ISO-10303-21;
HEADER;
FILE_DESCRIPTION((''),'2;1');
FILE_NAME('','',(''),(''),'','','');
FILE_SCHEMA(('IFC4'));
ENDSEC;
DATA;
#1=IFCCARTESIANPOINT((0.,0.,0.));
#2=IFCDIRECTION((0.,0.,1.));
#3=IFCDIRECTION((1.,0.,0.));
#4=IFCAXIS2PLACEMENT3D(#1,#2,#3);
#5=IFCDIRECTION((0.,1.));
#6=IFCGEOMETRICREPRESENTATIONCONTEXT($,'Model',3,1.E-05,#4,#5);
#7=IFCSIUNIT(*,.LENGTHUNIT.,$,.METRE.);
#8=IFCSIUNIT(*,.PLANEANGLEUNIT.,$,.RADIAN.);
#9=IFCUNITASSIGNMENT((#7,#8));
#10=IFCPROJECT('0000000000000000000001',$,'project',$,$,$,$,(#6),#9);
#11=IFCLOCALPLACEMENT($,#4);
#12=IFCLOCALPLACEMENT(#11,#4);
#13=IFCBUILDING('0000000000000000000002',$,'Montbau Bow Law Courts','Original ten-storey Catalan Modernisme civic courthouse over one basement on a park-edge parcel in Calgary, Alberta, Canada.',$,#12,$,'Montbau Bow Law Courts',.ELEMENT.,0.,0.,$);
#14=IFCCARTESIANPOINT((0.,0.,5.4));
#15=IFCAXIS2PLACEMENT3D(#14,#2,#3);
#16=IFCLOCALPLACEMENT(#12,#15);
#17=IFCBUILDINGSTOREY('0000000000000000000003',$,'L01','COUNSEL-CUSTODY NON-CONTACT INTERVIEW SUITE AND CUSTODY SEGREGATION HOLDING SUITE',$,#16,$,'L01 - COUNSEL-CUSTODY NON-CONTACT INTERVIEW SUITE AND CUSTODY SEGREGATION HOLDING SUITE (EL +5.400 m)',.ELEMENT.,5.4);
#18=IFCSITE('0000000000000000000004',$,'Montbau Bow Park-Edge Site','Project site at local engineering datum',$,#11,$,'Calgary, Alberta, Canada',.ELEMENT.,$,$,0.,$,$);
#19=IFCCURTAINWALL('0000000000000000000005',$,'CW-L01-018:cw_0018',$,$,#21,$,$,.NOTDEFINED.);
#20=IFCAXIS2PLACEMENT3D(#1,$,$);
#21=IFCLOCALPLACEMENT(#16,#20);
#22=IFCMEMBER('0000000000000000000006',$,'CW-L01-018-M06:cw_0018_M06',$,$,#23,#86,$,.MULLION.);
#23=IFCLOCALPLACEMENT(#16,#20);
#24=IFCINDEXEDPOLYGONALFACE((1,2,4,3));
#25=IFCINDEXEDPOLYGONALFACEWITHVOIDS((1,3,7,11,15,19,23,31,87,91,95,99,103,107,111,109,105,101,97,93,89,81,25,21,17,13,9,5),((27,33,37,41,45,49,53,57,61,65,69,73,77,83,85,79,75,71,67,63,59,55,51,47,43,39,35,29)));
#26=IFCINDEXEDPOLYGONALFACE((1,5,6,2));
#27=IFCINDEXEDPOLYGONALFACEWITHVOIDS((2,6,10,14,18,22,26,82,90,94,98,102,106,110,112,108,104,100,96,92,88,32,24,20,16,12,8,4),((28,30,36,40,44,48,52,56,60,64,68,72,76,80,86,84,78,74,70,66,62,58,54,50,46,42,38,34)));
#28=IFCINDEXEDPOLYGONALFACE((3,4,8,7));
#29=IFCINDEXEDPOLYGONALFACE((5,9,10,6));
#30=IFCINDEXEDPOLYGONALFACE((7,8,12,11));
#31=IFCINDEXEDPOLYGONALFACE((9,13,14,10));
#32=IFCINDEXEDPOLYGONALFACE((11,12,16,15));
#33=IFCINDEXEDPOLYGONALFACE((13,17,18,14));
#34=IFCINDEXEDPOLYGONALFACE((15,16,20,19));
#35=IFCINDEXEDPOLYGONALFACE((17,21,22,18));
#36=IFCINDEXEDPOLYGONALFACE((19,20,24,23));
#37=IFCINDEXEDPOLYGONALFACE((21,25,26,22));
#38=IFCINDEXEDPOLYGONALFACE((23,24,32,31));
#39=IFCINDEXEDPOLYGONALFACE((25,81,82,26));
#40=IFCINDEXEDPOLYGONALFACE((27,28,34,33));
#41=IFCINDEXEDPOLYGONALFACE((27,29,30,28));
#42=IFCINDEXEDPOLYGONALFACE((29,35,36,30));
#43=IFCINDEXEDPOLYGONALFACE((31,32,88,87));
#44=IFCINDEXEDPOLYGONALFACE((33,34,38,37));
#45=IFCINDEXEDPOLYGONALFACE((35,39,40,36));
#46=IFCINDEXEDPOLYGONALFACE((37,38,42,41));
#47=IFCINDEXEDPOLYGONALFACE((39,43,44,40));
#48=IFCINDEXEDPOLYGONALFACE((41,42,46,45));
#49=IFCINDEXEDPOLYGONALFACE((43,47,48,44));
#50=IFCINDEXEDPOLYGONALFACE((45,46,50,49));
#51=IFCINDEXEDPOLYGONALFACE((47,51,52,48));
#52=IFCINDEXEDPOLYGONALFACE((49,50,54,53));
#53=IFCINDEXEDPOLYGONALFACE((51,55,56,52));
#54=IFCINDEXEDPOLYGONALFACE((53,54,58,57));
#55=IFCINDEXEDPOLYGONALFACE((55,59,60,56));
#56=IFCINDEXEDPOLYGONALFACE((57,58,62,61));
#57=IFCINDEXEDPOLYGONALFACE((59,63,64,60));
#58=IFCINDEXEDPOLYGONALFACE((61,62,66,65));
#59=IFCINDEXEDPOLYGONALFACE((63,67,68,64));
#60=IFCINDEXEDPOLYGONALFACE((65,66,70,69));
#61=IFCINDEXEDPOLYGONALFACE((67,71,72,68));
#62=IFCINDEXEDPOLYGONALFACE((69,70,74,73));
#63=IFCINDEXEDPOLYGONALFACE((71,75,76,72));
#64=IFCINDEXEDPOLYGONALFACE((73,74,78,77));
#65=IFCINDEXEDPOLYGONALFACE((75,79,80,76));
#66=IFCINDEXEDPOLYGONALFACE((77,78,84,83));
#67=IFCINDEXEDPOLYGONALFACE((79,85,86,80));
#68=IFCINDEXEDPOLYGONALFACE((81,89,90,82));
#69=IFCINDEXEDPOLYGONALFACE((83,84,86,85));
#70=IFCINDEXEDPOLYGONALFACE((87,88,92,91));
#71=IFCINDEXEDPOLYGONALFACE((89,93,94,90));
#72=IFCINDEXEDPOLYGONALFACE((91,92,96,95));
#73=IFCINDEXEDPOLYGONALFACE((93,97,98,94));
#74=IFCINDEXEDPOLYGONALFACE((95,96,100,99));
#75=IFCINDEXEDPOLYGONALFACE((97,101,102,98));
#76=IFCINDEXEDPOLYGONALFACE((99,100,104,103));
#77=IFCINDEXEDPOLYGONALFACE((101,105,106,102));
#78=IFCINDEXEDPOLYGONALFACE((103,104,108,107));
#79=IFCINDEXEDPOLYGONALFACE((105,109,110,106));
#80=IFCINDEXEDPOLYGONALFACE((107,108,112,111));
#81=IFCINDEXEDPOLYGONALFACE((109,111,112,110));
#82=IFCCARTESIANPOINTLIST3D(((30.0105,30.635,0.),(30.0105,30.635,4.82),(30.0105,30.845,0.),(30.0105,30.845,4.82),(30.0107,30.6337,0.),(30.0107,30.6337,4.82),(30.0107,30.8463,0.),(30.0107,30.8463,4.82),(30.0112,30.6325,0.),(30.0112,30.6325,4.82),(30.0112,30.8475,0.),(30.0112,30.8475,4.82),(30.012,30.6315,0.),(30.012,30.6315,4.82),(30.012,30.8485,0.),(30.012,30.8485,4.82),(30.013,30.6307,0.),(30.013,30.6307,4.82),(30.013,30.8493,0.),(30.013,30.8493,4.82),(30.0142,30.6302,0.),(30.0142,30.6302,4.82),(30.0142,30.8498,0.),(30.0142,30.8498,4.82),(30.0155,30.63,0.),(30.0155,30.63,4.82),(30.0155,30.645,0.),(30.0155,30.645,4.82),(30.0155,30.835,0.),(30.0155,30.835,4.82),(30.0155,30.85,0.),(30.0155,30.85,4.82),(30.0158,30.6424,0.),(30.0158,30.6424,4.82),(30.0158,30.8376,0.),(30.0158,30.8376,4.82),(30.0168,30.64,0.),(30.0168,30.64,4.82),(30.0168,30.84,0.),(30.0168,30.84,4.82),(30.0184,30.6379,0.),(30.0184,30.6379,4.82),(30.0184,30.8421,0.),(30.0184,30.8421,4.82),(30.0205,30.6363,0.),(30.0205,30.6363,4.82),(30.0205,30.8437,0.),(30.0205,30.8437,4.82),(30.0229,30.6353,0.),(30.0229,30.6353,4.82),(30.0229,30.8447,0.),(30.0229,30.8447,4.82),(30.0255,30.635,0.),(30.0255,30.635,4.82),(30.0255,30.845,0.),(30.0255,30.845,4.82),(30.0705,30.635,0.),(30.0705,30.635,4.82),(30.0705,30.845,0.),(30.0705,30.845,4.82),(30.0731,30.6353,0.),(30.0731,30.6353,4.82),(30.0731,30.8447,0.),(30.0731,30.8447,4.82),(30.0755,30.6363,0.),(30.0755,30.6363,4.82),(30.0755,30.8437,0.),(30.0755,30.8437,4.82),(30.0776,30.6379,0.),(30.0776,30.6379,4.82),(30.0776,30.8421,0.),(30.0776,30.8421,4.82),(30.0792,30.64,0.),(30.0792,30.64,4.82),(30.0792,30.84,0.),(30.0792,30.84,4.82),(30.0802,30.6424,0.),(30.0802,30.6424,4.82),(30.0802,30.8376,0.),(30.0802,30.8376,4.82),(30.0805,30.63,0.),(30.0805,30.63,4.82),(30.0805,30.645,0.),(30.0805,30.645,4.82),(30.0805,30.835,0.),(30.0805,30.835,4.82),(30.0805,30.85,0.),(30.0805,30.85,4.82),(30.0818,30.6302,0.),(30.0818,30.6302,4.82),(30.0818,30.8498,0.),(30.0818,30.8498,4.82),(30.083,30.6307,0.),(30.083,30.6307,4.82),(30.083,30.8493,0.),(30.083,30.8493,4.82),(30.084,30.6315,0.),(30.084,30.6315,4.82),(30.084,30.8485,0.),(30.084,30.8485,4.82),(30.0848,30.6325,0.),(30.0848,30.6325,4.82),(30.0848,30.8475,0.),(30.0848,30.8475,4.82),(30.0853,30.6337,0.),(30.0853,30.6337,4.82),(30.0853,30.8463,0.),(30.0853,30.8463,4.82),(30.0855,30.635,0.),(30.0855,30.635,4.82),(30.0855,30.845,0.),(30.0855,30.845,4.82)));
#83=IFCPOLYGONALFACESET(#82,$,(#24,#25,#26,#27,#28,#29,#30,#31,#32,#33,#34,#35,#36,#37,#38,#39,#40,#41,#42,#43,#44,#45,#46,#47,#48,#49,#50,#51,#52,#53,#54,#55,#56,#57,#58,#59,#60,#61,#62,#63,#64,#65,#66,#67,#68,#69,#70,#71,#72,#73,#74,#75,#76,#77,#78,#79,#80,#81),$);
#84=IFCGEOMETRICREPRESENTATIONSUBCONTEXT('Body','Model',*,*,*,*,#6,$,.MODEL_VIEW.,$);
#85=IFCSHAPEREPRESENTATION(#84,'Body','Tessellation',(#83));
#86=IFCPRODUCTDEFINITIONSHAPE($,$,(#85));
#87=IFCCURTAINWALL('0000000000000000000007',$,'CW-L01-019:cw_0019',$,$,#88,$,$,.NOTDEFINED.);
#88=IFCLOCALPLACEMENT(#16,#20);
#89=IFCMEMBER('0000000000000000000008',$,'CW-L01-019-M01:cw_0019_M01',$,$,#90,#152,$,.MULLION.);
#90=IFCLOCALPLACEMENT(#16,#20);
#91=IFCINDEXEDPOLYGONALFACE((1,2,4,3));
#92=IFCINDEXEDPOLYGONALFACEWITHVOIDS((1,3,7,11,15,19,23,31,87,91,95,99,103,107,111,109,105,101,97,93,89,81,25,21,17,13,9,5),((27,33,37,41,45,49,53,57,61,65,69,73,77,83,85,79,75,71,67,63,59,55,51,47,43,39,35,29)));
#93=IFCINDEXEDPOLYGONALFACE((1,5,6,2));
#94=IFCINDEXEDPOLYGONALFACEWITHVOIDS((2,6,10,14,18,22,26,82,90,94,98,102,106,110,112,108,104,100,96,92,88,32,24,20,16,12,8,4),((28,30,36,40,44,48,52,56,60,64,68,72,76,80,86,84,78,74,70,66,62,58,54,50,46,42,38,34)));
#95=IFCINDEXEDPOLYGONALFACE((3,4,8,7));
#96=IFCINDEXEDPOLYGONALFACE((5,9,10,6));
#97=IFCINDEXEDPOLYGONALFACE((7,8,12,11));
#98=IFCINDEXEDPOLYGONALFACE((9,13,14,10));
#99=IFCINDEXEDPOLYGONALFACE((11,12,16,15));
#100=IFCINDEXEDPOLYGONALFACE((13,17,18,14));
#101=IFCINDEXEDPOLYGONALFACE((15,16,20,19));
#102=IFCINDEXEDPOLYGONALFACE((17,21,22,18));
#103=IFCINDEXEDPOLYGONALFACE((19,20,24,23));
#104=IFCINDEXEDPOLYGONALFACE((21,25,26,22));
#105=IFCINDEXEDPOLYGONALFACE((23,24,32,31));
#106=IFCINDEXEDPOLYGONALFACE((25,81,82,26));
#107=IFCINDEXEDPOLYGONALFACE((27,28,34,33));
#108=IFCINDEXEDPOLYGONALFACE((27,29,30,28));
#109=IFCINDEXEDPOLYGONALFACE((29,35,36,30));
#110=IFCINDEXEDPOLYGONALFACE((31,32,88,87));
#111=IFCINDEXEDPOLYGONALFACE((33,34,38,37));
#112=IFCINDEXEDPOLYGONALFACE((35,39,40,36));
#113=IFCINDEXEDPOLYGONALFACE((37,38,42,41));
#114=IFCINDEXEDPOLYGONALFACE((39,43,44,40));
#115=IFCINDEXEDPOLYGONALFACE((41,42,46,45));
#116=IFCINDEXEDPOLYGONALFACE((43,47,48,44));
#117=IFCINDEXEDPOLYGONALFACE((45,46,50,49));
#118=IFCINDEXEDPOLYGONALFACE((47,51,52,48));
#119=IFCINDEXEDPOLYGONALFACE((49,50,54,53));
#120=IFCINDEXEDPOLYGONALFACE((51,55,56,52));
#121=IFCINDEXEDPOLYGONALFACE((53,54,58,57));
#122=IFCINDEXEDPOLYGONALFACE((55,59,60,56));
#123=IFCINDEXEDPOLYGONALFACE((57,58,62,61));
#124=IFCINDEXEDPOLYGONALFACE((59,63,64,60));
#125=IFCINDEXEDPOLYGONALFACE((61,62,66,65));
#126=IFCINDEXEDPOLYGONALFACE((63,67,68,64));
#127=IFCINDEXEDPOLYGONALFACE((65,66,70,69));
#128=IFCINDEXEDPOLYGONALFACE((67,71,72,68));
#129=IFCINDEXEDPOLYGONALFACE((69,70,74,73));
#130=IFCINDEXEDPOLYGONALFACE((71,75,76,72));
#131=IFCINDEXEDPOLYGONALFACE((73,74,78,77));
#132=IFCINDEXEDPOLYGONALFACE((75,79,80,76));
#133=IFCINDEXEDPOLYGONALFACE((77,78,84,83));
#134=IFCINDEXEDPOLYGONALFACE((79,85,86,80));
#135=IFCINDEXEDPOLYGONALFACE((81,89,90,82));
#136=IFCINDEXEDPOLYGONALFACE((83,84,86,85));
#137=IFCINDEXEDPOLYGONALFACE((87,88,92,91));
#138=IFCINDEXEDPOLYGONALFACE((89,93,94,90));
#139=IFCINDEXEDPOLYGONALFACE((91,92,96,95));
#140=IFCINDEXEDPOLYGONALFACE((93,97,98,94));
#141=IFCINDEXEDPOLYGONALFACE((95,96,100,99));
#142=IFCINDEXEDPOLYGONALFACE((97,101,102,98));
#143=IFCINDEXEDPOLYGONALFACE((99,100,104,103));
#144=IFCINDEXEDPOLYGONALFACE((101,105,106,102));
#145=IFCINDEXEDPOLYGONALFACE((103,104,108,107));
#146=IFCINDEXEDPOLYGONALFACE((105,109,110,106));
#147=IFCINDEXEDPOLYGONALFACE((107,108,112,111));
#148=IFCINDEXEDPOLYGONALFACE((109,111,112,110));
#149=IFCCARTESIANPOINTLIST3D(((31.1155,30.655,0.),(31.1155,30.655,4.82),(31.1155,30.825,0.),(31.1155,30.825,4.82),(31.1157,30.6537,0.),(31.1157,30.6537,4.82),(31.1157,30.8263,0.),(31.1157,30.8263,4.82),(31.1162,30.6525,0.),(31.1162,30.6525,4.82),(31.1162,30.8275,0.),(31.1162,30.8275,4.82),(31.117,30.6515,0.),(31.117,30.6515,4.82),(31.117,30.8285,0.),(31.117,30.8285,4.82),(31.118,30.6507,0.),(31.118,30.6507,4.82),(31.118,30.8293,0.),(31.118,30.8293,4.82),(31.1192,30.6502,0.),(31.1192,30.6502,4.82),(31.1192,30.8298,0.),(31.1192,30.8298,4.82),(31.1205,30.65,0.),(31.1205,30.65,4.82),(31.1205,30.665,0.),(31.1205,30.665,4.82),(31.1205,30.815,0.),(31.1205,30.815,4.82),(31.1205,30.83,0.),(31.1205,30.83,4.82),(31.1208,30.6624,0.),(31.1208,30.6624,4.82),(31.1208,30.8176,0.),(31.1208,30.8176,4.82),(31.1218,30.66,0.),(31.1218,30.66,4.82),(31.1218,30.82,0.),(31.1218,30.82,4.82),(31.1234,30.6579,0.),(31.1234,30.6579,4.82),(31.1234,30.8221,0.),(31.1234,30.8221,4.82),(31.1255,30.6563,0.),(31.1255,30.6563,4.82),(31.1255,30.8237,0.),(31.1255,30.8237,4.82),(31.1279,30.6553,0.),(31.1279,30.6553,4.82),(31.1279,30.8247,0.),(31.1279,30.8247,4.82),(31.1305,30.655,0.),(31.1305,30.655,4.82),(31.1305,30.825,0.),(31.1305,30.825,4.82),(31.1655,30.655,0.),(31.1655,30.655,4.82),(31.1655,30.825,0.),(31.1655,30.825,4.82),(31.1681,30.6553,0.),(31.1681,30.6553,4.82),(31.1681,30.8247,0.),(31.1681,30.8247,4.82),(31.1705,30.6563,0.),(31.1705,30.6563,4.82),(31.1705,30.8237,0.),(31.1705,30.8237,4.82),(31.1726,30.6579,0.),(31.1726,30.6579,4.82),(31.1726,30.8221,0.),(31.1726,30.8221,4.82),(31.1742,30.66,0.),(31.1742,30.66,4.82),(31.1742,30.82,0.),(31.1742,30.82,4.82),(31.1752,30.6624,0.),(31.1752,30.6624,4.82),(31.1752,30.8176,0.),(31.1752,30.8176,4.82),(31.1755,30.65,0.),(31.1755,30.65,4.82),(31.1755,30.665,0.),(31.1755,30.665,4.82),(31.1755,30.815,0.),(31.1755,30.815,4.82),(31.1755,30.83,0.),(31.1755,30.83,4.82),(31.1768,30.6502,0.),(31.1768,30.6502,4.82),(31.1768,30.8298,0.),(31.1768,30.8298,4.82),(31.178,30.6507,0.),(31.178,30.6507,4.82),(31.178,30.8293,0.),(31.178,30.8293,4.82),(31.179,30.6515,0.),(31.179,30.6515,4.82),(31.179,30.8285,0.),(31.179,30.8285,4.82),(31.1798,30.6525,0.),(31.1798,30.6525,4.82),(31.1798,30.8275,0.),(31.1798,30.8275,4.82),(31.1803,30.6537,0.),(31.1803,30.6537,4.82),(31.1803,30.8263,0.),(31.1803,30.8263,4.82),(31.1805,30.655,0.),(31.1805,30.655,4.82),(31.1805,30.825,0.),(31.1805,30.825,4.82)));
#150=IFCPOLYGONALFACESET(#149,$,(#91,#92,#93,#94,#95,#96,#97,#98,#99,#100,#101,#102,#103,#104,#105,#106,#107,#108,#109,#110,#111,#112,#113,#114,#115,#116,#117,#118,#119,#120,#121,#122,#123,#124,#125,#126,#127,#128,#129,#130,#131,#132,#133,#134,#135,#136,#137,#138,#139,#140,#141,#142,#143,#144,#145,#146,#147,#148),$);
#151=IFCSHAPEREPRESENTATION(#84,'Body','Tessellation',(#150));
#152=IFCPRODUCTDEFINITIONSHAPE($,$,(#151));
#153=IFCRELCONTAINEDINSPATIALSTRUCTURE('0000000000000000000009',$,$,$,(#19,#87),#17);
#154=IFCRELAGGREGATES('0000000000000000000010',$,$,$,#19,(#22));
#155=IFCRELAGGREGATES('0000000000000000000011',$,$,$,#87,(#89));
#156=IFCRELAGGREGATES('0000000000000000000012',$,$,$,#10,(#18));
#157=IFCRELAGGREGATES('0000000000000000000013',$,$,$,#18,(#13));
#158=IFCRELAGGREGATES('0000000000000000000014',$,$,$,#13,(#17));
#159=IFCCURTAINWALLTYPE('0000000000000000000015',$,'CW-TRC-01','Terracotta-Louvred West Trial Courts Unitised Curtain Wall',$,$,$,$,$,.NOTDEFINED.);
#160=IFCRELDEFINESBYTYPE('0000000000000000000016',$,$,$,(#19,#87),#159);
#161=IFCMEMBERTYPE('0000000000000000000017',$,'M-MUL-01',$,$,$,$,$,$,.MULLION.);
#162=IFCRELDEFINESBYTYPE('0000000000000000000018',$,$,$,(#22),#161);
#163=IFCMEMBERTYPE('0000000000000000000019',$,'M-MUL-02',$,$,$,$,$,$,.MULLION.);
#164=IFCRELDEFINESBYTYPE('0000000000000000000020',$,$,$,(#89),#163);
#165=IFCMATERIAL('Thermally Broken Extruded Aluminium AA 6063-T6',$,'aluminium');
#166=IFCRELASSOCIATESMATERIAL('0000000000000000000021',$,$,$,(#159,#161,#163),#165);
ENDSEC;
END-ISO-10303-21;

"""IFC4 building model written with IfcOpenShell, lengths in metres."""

from ifc_helpers import new_model, si_unit, direction, frame, origin_with_axes, origin_2d_with_axis, place, context, subcontext, project, spatial, hollow_rectangle, extrude, material, material_profile, profile_set, type_object, element, aggregate, save


model = new_model("IFC4")

# Units and contexts
model_context = context("Model", 3, precision=1e-05, world=origin_with_axes(), true_north=direction((0.0, 1.0)))
body_context = subcontext(model_context, "Body", "Model", "MODEL_VIEW")
ifc_project = project(units=[si_unit("LENGTHUNIT", "METRE"), si_unit("PLANEANGLEUNIT", "RADIAN")], contexts=[model_context])

# Site, building, storey
site_placement = place(None, origin_with_axes())
site = spatial("IfcSite", under=ifc_project, at=site_placement, Name="Montbau Bow Park-Edge Site", Description="Project site at local engineering datum", LongName="Calgary, Alberta, Canada", CompositionType="ELEMENT", RefElevation=0.0)
building_placement = place(site_placement, origin_with_axes())
building = spatial("IfcBuilding", under=site, at=building_placement, Name="Montbau Bow Law Courts", Description="Original ten-storey Catalan Modernisme civic courthouse over one basement on a park-edge parcel in Calgary, Alberta, Canada.", LongName="Montbau Bow Law Courts", CompositionType="ELEMENT", ElevationOfRefHeight=0.0, ElevationOfTerrain=0.0)
storey_placement = place(building_placement, frame((0.0, 0.0, 5.4), z_axis=(0.0, 0.0, 1.0), x_axis=(1.0, 0.0, 0.0)))
storey = spatial("IfcBuildingStorey", under=building, at=storey_placement, Name="L01", Description="COUNSEL-CUSTODY NON-CONTACT INTERVIEW SUITE AND CUSTODY SEGREGATION HOLDING SUITE", LongName="L01 - COUNSEL-CUSTODY NON-CONTACT INTERVIEW SUITE AND CUSTODY SEGREGATION HOLDING SUITE (EL +5.400 m)", CompositionType="ELEMENT", Elevation=5.4)

# Curtain walls, members
ifc_material_1 = material(Name="Thermally Broken Extruded Aluminium AA 6063-T6", Category="aluminium")
curtain_wall_type = type_object("IfcCurtainWallType", Name="CW-TRC-01", Description="Terracotta-Louvred West Trial Courts Unitised Curtain Wall", PredefinedType="NOTDEFINED", material=ifc_material_1)
curtain_wall_1_placement = place(None, frame((22.715, 30.74, 5.4), z_axis=(0.0, 0.0, 1.0), x_axis=(1.0, 0.0, 0.0)))
curtain_wall_1 = element("IfcCurtainWall", 1, at=curtain_wall_1_placement, inside=storey, type_object=curtain_wall_type, Name="CW-L01-018:cw_0018", PredefinedType="NOTDEFINED")
ifc_material_profile_1 = material_profile(ifc_material_1, hollow_rectangle(XDim=0.075, YDim=0.22, WallThickness=0.005, InnerFilletRadius=0.01, OuterFilletRadius=0.005, at=origin_2d_with_axis()), Name="CWM-220X75", Category="Main", Priority=0)
ifc_profile_set_1 = profile_set([ifc_material_profile_1], Name="Thermally Broken Extruded Aluminium AA 6063-T6")
member_type_1 = type_object("IfcMemberType", Name="M-MUL-01", PredefinedType="MULLION", material=ifc_profile_set_1)
member_1_placement = place(None, frame((30.048, 30.74, 5.4), z_axis=(0.0, 0.0, 1.0), x_axis=(1.0, 0.0, 0.0)))
member_1 = element("IfcMember", 2, at=member_1_placement, type_object=member_type_1, Name="CW-L01-018-M06:cw_0018_M06", PredefinedType="MULLION", context=body_context, shape_type="SweptSolid", body=[
    extrude(hollow_rectangle(XDim=0.075, YDim=0.22, WallThickness=0.005, InnerFilletRadius=0.01, OuterFilletRadius=0.005, at=origin_2d_with_axis()), origin_with_axes(), (0.0, 0.0, 1.0), 4.82),
])
curtain_wall_2_placement = place(None, frame((31.115, 30.74, 5.4), z_axis=(0.0, 0.0, 1.0), x_axis=(1.0, 0.0, 0.0)))
curtain_wall_2 = element("IfcCurtainWall", 3, at=curtain_wall_2_placement, inside=storey, type_object=curtain_wall_type, Name="CW-L01-019:cw_0019", PredefinedType="NOTDEFINED")
ifc_material_profile_2 = material_profile(ifc_material_1, hollow_rectangle(XDim=0.065, YDim=0.18, WallThickness=0.005, InnerFilletRadius=0.01, OuterFilletRadius=0.005, at=origin_2d_with_axis()), Name="CWM-180X65", Category="Main", Priority=0)
ifc_profile_set_2 = profile_set([ifc_material_profile_2], Name="Thermally Broken Extruded Aluminium AA 6063-T6")
member_type_2 = type_object("IfcMemberType", Name="M-MUL-02", PredefinedType="MULLION", material=ifc_profile_set_2)
member_2_placement = place(None, frame((31.148, 30.74, 5.4), z_axis=(0.0, 0.0, 1.0), x_axis=(1.0, 0.0, 0.0)))
member_2 = element("IfcMember", 4, at=member_2_placement, type_object=member_type_2, Name="CW-L01-019-M01:cw_0019_M01", PredefinedType="MULLION", context=body_context, shape_type="SweptSolid", body=[
    extrude(hollow_rectangle(XDim=0.065, YDim=0.18, WallThickness=0.005, InnerFilletRadius=0.01, OuterFilletRadius=0.005, at=origin_2d_with_axis()), origin_with_axes(), (0.0, 0.0, 1.0), 4.82),
])

aggregate(curtain_wall_1, [member_1])
aggregate(curtain_wall_2, [member_2])

save(model, "model.ifc")
